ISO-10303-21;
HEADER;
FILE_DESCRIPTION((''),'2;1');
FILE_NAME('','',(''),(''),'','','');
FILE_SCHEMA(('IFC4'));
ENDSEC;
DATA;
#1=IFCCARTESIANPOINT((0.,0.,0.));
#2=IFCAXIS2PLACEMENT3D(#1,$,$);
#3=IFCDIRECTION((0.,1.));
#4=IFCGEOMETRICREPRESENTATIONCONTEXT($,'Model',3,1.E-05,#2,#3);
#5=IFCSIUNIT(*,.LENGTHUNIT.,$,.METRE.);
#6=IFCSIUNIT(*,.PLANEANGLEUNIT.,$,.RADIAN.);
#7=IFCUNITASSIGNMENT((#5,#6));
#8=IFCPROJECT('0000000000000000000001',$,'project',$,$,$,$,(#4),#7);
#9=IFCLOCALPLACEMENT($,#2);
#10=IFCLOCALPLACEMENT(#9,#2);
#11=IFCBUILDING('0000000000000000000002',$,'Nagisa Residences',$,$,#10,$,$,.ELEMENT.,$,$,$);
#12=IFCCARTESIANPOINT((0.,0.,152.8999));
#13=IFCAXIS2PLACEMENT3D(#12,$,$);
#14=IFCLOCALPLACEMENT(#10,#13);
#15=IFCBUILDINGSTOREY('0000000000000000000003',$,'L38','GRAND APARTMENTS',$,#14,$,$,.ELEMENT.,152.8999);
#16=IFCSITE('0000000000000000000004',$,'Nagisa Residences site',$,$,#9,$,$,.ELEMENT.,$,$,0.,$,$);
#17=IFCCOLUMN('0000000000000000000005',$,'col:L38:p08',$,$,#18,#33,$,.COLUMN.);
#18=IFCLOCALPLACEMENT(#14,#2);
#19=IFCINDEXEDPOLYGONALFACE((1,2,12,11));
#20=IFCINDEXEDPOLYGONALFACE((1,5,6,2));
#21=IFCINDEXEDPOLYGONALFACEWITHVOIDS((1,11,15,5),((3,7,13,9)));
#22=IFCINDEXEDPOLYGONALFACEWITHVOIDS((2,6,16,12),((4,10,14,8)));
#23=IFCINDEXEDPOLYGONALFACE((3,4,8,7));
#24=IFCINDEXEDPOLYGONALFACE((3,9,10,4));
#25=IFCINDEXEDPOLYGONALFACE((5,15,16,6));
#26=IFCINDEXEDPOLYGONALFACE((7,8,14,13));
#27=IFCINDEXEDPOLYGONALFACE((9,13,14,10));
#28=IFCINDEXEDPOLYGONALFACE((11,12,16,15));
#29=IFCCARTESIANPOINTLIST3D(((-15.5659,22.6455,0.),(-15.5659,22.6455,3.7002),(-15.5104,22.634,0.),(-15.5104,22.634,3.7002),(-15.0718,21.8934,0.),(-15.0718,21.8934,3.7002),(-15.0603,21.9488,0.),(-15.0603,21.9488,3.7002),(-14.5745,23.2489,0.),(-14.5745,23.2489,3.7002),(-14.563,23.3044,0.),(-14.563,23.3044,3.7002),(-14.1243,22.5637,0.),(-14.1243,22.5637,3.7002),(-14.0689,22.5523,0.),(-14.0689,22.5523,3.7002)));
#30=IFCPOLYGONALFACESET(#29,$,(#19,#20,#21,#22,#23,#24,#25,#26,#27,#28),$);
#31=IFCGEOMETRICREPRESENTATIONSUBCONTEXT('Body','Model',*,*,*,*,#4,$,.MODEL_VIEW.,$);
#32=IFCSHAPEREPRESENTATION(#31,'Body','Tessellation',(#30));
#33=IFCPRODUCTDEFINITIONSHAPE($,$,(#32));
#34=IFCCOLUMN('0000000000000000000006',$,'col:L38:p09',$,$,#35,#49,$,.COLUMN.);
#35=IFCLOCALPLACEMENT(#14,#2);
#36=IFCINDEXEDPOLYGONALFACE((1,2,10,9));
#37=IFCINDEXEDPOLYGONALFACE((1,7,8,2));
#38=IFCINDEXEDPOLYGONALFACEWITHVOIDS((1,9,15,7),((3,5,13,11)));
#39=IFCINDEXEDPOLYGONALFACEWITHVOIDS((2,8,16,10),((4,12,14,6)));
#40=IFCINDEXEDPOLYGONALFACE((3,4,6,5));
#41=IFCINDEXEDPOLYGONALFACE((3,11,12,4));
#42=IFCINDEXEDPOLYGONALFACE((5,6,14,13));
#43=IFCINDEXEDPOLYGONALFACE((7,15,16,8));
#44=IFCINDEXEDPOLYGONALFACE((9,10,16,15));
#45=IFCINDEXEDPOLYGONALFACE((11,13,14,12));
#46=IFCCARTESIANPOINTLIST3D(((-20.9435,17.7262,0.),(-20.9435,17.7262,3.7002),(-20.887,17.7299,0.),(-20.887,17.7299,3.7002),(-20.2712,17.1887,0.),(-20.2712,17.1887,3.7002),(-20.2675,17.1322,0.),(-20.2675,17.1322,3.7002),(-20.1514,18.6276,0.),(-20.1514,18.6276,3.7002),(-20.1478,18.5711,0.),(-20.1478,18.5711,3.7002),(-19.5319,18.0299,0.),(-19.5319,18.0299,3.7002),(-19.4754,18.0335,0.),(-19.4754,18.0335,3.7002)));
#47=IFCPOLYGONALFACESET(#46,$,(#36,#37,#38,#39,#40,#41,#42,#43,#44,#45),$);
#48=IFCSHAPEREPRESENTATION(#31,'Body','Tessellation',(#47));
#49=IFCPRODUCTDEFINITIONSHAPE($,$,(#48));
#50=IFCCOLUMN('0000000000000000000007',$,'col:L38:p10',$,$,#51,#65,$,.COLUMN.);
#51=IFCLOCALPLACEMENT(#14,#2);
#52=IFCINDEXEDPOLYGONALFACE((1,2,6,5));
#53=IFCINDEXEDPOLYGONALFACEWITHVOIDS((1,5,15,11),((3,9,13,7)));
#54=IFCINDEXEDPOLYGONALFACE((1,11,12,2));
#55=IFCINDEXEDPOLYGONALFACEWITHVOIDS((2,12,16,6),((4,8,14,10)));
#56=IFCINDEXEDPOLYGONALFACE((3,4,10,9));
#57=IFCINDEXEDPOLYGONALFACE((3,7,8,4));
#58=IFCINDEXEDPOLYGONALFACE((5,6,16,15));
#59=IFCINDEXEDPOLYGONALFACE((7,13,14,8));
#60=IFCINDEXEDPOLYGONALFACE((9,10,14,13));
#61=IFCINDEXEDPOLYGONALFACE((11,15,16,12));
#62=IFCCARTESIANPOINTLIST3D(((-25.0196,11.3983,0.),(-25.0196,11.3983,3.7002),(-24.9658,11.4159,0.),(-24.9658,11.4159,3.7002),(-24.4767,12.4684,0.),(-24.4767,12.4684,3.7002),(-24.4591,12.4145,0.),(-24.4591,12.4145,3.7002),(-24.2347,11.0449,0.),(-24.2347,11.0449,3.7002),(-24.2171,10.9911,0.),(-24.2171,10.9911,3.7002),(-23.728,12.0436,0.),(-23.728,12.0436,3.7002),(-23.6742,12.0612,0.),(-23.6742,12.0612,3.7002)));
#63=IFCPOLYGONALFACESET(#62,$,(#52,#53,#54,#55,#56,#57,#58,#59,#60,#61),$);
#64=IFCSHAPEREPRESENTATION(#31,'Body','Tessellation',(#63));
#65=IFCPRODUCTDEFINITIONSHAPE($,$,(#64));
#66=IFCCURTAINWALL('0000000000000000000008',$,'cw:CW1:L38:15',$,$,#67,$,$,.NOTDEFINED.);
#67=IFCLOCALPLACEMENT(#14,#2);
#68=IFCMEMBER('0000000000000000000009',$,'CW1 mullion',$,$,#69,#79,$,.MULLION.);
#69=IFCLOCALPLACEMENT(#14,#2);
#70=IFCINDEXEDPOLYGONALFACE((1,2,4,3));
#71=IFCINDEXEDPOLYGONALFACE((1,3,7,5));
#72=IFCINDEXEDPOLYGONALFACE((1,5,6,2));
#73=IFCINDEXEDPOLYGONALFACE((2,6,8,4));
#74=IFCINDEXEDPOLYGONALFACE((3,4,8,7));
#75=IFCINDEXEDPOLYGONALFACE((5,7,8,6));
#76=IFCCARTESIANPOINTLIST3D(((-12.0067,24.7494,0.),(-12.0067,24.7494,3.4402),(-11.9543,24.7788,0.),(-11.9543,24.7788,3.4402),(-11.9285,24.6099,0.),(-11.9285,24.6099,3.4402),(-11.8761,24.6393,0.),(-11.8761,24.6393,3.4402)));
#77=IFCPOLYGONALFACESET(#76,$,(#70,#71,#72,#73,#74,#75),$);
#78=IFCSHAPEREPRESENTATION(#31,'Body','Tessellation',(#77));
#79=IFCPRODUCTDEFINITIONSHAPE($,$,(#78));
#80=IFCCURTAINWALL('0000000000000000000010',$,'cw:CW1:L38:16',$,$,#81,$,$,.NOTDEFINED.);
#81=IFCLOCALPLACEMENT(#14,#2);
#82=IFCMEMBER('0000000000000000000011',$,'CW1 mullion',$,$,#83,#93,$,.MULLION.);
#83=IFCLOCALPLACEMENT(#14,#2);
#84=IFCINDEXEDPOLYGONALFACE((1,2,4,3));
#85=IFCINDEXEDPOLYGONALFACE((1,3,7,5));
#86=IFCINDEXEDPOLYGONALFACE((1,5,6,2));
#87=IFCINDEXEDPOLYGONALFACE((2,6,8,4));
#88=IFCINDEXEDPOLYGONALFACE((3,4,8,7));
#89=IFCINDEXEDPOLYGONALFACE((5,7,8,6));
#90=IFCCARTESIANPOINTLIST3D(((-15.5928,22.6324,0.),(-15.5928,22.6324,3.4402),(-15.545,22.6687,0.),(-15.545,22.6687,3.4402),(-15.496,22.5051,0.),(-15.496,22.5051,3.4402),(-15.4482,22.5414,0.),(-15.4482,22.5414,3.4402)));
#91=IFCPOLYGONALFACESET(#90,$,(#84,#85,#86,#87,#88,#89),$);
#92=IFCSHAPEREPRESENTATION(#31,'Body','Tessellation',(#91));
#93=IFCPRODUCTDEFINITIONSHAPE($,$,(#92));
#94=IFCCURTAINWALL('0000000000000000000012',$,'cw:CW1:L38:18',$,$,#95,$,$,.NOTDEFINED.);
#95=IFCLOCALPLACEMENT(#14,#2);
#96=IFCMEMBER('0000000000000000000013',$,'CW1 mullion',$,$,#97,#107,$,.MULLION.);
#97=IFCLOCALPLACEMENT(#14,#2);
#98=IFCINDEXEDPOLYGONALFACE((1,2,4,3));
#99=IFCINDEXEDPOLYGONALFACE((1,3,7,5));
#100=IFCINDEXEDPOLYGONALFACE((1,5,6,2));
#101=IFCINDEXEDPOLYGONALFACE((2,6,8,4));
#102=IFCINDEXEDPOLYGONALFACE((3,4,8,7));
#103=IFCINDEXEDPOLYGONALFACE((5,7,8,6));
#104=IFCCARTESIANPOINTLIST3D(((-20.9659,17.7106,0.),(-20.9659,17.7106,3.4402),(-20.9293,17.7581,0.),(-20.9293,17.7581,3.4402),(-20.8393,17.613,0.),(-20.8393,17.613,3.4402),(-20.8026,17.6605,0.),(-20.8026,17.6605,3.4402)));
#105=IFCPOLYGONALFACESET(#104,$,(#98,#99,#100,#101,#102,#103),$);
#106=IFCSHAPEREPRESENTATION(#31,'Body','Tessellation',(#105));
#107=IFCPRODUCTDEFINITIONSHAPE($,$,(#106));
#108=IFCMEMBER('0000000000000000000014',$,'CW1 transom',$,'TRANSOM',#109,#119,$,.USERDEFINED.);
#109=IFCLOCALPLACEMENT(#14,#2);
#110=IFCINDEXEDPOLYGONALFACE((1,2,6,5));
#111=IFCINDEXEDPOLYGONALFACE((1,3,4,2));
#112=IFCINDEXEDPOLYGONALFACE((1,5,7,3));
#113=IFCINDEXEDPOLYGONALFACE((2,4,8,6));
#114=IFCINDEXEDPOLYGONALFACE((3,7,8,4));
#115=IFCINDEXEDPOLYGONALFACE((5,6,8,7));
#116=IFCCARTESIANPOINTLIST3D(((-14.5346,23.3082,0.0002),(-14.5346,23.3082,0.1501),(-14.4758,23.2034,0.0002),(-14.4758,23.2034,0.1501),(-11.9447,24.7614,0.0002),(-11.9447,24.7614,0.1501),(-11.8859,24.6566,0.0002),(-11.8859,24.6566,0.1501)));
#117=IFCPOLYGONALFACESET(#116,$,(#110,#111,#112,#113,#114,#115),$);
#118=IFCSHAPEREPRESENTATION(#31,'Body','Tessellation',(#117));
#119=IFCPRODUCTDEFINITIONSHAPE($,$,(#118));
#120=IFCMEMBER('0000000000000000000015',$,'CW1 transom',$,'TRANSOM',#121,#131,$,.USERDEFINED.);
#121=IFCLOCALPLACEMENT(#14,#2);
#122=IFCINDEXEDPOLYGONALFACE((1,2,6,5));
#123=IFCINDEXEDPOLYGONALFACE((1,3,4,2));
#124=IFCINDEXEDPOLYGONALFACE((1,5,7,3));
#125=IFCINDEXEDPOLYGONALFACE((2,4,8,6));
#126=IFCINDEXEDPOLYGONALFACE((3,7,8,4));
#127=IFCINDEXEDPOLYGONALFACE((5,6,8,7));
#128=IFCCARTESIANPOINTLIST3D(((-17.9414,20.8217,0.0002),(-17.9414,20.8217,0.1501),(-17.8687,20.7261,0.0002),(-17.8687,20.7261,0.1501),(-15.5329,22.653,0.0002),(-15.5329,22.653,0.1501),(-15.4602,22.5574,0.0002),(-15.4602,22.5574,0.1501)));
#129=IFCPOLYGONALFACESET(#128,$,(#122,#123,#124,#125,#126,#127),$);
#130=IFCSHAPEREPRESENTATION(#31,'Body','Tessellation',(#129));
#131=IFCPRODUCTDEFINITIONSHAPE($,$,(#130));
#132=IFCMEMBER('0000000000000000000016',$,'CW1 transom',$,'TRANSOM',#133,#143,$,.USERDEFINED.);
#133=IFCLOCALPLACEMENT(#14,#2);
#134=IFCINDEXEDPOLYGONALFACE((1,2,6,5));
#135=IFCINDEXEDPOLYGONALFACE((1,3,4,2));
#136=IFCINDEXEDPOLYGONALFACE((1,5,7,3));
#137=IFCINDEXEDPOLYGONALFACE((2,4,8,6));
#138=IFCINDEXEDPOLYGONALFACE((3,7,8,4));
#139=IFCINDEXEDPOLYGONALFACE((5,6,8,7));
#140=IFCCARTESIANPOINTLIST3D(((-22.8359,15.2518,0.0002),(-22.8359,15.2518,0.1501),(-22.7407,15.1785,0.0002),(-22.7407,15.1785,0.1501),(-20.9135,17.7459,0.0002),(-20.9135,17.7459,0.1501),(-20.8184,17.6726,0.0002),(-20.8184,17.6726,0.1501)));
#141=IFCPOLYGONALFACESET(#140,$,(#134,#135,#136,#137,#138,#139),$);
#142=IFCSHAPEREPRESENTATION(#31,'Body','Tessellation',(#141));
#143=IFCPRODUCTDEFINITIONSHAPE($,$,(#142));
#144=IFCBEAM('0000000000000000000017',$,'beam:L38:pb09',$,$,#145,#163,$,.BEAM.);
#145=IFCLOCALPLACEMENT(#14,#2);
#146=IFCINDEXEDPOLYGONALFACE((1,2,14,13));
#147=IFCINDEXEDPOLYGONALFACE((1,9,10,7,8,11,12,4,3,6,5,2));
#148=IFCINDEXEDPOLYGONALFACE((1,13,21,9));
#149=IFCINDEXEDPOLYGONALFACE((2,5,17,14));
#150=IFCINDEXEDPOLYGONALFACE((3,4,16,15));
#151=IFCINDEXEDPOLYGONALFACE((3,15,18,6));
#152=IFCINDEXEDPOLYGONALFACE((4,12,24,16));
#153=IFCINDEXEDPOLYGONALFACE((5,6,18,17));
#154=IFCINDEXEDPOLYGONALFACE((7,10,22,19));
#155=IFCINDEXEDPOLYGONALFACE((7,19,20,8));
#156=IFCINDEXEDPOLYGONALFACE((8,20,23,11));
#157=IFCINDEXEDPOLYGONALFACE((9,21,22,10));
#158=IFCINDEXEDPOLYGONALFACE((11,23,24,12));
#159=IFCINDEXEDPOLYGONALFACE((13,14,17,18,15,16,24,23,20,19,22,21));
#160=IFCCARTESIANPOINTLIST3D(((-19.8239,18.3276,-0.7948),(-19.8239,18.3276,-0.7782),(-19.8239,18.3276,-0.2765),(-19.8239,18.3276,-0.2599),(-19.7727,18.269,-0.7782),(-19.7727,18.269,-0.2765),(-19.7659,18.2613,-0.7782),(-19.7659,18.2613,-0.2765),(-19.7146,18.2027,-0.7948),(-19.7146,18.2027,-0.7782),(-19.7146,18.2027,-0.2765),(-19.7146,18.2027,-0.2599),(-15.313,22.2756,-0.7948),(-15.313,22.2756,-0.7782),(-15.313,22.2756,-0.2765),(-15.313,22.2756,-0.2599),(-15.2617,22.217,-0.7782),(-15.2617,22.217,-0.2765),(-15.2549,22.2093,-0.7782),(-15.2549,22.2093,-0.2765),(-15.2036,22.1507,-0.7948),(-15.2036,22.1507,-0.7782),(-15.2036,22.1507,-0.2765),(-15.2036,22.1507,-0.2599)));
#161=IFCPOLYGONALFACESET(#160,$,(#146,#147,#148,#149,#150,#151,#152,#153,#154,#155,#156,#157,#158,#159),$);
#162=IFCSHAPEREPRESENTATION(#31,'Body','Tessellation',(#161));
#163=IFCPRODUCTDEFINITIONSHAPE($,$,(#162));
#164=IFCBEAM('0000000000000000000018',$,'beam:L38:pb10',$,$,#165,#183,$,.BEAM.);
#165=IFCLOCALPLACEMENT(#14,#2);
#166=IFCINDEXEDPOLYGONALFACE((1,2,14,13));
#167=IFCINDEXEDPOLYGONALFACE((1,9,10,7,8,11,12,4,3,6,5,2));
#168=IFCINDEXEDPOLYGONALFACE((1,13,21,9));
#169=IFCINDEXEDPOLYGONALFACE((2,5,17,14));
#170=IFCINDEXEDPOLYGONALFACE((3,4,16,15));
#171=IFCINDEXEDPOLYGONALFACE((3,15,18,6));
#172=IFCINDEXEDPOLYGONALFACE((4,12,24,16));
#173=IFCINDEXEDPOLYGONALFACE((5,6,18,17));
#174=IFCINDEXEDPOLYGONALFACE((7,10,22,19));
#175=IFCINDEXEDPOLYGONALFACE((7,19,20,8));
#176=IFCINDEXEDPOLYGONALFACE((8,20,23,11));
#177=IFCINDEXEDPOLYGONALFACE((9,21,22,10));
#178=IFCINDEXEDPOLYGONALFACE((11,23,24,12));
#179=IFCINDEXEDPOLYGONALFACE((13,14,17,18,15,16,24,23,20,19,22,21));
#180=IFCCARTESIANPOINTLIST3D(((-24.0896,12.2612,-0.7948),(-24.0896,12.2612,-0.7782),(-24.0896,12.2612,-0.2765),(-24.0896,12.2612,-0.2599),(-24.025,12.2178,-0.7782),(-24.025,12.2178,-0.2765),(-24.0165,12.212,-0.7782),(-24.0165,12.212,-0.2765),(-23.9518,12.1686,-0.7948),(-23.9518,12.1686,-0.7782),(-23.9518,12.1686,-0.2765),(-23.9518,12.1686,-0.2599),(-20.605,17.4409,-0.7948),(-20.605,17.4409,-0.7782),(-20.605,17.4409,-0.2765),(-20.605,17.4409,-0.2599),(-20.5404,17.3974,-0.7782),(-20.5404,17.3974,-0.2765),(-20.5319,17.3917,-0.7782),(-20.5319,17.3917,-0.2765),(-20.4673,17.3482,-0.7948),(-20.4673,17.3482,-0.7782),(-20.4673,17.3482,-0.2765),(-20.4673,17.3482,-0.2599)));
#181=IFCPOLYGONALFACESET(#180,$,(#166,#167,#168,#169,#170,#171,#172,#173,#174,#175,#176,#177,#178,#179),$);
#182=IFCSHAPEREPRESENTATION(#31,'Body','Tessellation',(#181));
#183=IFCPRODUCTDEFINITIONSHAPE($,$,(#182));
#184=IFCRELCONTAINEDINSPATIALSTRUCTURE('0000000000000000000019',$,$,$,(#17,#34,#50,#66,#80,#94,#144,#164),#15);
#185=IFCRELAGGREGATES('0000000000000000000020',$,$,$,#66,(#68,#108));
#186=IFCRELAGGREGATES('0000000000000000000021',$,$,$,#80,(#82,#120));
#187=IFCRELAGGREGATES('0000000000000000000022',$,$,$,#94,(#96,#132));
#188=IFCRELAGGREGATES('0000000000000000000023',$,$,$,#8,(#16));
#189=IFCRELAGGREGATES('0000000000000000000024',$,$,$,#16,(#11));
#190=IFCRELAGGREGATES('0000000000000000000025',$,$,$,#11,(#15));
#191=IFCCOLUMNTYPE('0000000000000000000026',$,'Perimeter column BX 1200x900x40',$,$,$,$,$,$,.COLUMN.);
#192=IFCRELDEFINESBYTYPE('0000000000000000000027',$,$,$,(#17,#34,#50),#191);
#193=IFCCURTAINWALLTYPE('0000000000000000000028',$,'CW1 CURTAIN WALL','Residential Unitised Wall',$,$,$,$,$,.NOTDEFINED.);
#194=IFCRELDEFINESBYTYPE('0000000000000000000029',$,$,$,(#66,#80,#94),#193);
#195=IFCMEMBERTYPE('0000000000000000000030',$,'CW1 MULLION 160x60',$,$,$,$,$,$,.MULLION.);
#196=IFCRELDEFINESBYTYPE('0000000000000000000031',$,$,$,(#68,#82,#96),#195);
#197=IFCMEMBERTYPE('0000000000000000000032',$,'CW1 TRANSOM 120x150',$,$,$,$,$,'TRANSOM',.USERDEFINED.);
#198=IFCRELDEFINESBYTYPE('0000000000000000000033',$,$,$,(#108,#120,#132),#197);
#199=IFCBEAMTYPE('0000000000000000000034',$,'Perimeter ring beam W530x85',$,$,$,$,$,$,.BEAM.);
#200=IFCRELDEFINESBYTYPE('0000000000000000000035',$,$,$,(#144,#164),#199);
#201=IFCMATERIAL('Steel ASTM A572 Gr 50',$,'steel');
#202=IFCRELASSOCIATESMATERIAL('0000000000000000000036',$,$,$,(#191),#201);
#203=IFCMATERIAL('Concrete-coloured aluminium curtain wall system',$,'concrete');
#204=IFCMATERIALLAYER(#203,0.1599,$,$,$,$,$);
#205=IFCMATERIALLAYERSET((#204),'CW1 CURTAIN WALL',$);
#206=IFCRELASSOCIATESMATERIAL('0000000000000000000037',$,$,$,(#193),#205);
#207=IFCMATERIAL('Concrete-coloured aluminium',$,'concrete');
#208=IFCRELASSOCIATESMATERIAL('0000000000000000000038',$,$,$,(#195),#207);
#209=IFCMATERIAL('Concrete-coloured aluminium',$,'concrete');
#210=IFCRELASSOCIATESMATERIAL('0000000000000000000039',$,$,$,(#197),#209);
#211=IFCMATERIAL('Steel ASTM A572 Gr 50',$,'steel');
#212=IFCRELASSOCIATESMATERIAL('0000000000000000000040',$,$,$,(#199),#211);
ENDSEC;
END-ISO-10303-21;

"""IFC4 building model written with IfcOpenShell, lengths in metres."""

from ifc_helpers import new_model, si_unit, direction, frame, origin, origin_2d, place, context, subcontext, project, spatial, rectangle, hollow_rectangle, i_section, extrude, material, layer, layer_set, material_profile, profile_set, type_object, element, aggregate, save


model = new_model("IFC4")

# Units and contexts
model_context = context("Model", 3, precision=1e-05, world=origin(), true_north=direction((0.0, 1.0)))
body_context = subcontext(model_context, "Body", "Model", "MODEL_VIEW")
ifc_project = project(units=[si_unit("LENGTHUNIT", "METRE"), si_unit("PLANEANGLEUNIT", "RADIAN")], contexts=[model_context])

# Site, building, storey
site_placement = place(None, origin())
site = spatial("IfcSite", under=ifc_project, at=site_placement, Name="Nagisa Residences site", CompositionType="ELEMENT", RefElevation=0.0)
building_placement = place(site_placement, origin())
building = spatial("IfcBuilding", under=site, at=building_placement, Name="Nagisa Residences", CompositionType="ELEMENT")
storey_placement = place(building_placement, frame((0.0, 0.0, 152.8999)))
storey = spatial("IfcBuildingStorey", under=building, at=storey_placement, Name="L38", Description="GRAND APARTMENTS", CompositionType="ELEMENT", Elevation=152.8999)

# Columns
ifc_material_1 = material(Name="Steel ASTM A572 Gr 50", Category="steel")
ifc_material_profile_1 = material_profile(ifc_material_1, hollow_rectangle(XDim=1.2, YDim=0.8999, WallThickness=0.04, at=origin_2d()), Name="BX 1200x900x40")
ifc_profile_set_1 = profile_set([ifc_material_profile_1], Name="Steel ASTM A572 Gr 50")
column_type = type_object("IfcColumnType", Name="Perimeter column BX 1200x900x40", PredefinedType="COLUMN", material=ifc_profile_set_1)
for number, where, z_axis, x_axis, name in (
    (1, (-14.8174, 22.5989, 0.0), (0.0, 0.0, 1.0), (-0.835766, -0.549086, 0.0), "col:L38:p08"),
    (2, (-20.2095, 17.8799, 0.0), (0.0, 0.0, 1.0), (-0.660115, -0.751165, 0.0), "col:L38:p09"),
    (3, (-24.3469, 11.7297, 0.0), (0.0, 0.0, 1.0), (-0.452463, -0.891783, 0.0), "col:L38:p10"),
):
    element("IfcColumn", number, at=place(storey_placement, frame(where, z_axis=z_axis, x_axis=x_axis)), inside=storey, type_object=column_type, Name=name, PredefinedType="COLUMN", context=body_context, shape_type="SweptSolid", body=[
        extrude(hollow_rectangle(XDim=1.2, YDim=0.8999, WallThickness=0.04, at=origin_2d()), origin(), (0.0, 0.0, 1.0), 3.7002),
    ])

# Curtain walls, members
ifc_material_2 = material(Name="Concrete-coloured aluminium curtain wall system", Category="concrete")
ifc_layer_1 = layer(ifc_material_2, 0.1599)
ifc_layer_set_1 = layer_set([ifc_layer_1], Name="CW1 CURTAIN WALL")
curtain_wall_type = type_object("IfcCurtainWallType", Name="CW1 CURTAIN WALL", Description="Residential Unitised Wall", PredefinedType="NOTDEFINED", material=ifc_layer_set_1)
curtain_wall_1_placement = place(storey_placement, origin())
curtain_wall_1 = element("IfcCurtainWall", 4, at=curtain_wall_1_placement, inside=storey, type_object=curtain_wall_type, Name="cw:CW1:L38:15", PredefinedType="NOTDEFINED")
ifc_material_3 = material(Name="Concrete-coloured aluminium", Category="concrete")
ifc_material_profile_2 = material_profile(ifc_material_3, rectangle(XDim=0.1599, YDim=0.0601, at=origin_2d()), Name="CW1 MULLION 160x60")
ifc_profile_set_2 = profile_set([ifc_material_profile_2], Name="Concrete-coloured aluminium")
member_type_1 = type_object("IfcMemberType", Name="CW1 MULLION 160x60", PredefinedType="MULLION", material=ifc_profile_set_2)
member_1_placement = place(storey_placement, frame((-11.9414, 24.6943, 0.0), z_axis=(0.0, 0.0, 1.0), x_axis=(0.489377, -0.872072, 0.0)))
member_1 = element("IfcMember", 5, at=member_1_placement, type_object=member_type_1, Name="CW1 mullion", PredefinedType="MULLION", context=body_context, shape_type="SweptSolid", body=[
    extrude(rectangle(XDim=0.1599, YDim=0.0601, at=origin_2d()), origin(), (0.0, 0.0, 1.0), 3.4402),
])
curtain_wall_2_placement = place(storey_placement, origin())
curtain_wall_2 = element("IfcCurtainWall", 6, at=curtain_wall_2_placement, inside=storey, type_object=curtain_wall_type, Name="cw:CW1:L38:16", PredefinedType="NOTDEFINED")
member_2_placement = place(storey_placement, frame((-15.5205, 22.5869, 0.0), z_axis=(0.0, 0.0, 1.0), x_axis=(0.605255, -0.796031, 0.0)))
member_2 = element("IfcMember", 7, at=member_2_placement, type_object=member_type_1, Name="CW1 mullion", PredefinedType="MULLION", context=body_context, shape_type="SweptSolid", body=[
    extrude(rectangle(XDim=0.1599, YDim=0.0601, at=origin_2d()), origin(), (0.0, 0.0, 1.0), 3.4402),
])
curtain_wall_3_placement = place(storey_placement, origin())
curtain_wall_3 = element("IfcCurtainWall", 8, at=curtain_wall_3_placement, inside=storey, type_object=curtain_wall_type, Name="cw:CW1:L38:18", PredefinedType="NOTDEFINED")
member_3_placement = place(storey_placement, frame((-20.8843, 17.6855, 0.0), z_axis=(0.0, 0.0, 1.0), x_axis=(0.79207, -0.61043, 0.0)))
member_3 = element("IfcMember", 9, at=member_3_placement, type_object=member_type_1, Name="CW1 mullion", PredefinedType="MULLION", context=body_context, shape_type="SweptSolid", body=[
    extrude(rectangle(XDim=0.1599, YDim=0.0601, at=origin_2d()), origin(), (0.0, 0.0, 1.0), 3.4402),
])

# Members
ifc_material_4 = material(Name="Concrete-coloured aluminium", Category="concrete")
ifc_material_profile_3 = material_profile(ifc_material_4, rectangle(XDim=0.1201, YDim=0.1499, at=origin_2d()), Name="CW1 TRANSOM 120x150")
ifc_profile_set_3 = profile_set([ifc_material_profile_3], Name="Concrete-coloured aluminium")
member_type_2 = type_object("IfcMemberType", Name="CW1 TRANSOM 120x150", ElementType="TRANSOM", PredefinedType="USERDEFINED", material=ifc_profile_set_3)
member_4_placement = place(storey_placement, frame((-11.9153, 24.709, 0.0752), z_axis=(-0.872102, -0.489324, 0.0), x_axis=(0.489324, -0.872102, 0.0)))
member_4 = element("IfcMember", 10, at=member_4_placement, type_object=member_type_2, Name="CW1 transom", ObjectType="TRANSOM", PredefinedType="USERDEFINED", context=body_context, shape_type="SweptSolid", body=[
    extrude(rectangle(XDim=0.1201, YDim=0.1499, at=origin_2d()), origin(), (0.0, 0.0, 1.0), 2.9697),
])
member_5_placement = place(storey_placement, frame((-15.4966, 22.6052, 0.0752), z_axis=(-0.796022, -0.605267, 0.0), x_axis=(0.605267, -0.796022, 0.0)))
member_5 = element("IfcMember", 11, at=member_5_placement, type_object=member_type_2, Name="CW1 transom", ObjectType="TRANSOM", PredefinedType="USERDEFINED", context=body_context, shape_type="SweptSolid", body=[
    extrude(rectangle(XDim=0.1201, YDim=0.1499, at=origin_2d()), origin(), (0.0, 0.0, 1.0), 3.0256),
])
member_6_placement = place(storey_placement, frame((-20.866, 17.7092, 0.0752), z_axis=(-0.610467, -0.792041, 0.0), x_axis=(0.792041, -0.610467, 0.0)))
member_6 = element("IfcMember", 12, at=member_6_placement, type_object=member_type_2, Name="CW1 transom", ObjectType="TRANSOM", PredefinedType="USERDEFINED", context=body_context, shape_type="SweptSolid", body=[
    extrude(rectangle(XDim=0.1201, YDim=0.1499, at=origin_2d()), origin(), (0.0, 0.0, 1.0), 3.1489),
])

# Beams
ifc_material_5 = material(Name="Steel ASTM A572 Gr 50", Category="steel")
ifc_material_profile_4 = material_profile(ifc_material_5, i_section(OverallWidth=0.166, OverallDepth=0.5349, WebThickness=0.0103, FlangeThickness=0.0166, at=origin_2d()), Name="W530x85")
ifc_profile_set_4 = profile_set([ifc_material_profile_4], Name="Steel ASTM A572 Gr 50")
beam_type_1 = type_object("IfcBeamType", Name="Perimeter ring beam W530x85", PredefinedType="BEAM", material=ifc_profile_set_4)
beam_1_placement = place(storey_placement, frame((-15.2583, 22.2131, -0.5273), z_axis=(-0.752504, -0.658588, 0.0), x_axis=(0.658588, -0.752504, 0.0)))
element("IfcBeam", 13, at=beam_1_placement, inside=storey, type_object=beam_type_1, Name="beam:L38:pb09", PredefinedType="BEAM", context=body_context, shape_type="SweptSolid", body=[
    extrude(i_section(OverallWidth=0.166, OverallDepth=0.5349, WebThickness=0.0103, FlangeThickness=0.0166, at=origin_2d()), origin(), (0.0, 0.0, 1.0), 5.9946),
])
beam_2_placement = place(storey_placement, frame((-20.5361, 17.3945, -0.5273), z_axis=(-0.558188, -0.829715, 0.0), x_axis=(0.829715, -0.558188, 0.0)))
element("IfcBeam", 14, at=beam_2_placement, inside=storey, type_object=beam_type_1, Name="beam:L38:pb10", PredefinedType="BEAM", context=body_context, shape_type="SweptSolid", body=[
    extrude(i_section(OverallWidth=0.166, OverallDepth=0.5349, WebThickness=0.0103, FlangeThickness=0.0166, at=origin_2d()), origin(), (0.0, 0.0, 1.0), 6.2427),
])

aggregate(curtain_wall_1, [member_1, member_4])
aggregate(curtain_wall_2, [member_2, member_5])
aggregate(curtain_wall_3, [member_3, member_6])

save(model, "model.ifc")
